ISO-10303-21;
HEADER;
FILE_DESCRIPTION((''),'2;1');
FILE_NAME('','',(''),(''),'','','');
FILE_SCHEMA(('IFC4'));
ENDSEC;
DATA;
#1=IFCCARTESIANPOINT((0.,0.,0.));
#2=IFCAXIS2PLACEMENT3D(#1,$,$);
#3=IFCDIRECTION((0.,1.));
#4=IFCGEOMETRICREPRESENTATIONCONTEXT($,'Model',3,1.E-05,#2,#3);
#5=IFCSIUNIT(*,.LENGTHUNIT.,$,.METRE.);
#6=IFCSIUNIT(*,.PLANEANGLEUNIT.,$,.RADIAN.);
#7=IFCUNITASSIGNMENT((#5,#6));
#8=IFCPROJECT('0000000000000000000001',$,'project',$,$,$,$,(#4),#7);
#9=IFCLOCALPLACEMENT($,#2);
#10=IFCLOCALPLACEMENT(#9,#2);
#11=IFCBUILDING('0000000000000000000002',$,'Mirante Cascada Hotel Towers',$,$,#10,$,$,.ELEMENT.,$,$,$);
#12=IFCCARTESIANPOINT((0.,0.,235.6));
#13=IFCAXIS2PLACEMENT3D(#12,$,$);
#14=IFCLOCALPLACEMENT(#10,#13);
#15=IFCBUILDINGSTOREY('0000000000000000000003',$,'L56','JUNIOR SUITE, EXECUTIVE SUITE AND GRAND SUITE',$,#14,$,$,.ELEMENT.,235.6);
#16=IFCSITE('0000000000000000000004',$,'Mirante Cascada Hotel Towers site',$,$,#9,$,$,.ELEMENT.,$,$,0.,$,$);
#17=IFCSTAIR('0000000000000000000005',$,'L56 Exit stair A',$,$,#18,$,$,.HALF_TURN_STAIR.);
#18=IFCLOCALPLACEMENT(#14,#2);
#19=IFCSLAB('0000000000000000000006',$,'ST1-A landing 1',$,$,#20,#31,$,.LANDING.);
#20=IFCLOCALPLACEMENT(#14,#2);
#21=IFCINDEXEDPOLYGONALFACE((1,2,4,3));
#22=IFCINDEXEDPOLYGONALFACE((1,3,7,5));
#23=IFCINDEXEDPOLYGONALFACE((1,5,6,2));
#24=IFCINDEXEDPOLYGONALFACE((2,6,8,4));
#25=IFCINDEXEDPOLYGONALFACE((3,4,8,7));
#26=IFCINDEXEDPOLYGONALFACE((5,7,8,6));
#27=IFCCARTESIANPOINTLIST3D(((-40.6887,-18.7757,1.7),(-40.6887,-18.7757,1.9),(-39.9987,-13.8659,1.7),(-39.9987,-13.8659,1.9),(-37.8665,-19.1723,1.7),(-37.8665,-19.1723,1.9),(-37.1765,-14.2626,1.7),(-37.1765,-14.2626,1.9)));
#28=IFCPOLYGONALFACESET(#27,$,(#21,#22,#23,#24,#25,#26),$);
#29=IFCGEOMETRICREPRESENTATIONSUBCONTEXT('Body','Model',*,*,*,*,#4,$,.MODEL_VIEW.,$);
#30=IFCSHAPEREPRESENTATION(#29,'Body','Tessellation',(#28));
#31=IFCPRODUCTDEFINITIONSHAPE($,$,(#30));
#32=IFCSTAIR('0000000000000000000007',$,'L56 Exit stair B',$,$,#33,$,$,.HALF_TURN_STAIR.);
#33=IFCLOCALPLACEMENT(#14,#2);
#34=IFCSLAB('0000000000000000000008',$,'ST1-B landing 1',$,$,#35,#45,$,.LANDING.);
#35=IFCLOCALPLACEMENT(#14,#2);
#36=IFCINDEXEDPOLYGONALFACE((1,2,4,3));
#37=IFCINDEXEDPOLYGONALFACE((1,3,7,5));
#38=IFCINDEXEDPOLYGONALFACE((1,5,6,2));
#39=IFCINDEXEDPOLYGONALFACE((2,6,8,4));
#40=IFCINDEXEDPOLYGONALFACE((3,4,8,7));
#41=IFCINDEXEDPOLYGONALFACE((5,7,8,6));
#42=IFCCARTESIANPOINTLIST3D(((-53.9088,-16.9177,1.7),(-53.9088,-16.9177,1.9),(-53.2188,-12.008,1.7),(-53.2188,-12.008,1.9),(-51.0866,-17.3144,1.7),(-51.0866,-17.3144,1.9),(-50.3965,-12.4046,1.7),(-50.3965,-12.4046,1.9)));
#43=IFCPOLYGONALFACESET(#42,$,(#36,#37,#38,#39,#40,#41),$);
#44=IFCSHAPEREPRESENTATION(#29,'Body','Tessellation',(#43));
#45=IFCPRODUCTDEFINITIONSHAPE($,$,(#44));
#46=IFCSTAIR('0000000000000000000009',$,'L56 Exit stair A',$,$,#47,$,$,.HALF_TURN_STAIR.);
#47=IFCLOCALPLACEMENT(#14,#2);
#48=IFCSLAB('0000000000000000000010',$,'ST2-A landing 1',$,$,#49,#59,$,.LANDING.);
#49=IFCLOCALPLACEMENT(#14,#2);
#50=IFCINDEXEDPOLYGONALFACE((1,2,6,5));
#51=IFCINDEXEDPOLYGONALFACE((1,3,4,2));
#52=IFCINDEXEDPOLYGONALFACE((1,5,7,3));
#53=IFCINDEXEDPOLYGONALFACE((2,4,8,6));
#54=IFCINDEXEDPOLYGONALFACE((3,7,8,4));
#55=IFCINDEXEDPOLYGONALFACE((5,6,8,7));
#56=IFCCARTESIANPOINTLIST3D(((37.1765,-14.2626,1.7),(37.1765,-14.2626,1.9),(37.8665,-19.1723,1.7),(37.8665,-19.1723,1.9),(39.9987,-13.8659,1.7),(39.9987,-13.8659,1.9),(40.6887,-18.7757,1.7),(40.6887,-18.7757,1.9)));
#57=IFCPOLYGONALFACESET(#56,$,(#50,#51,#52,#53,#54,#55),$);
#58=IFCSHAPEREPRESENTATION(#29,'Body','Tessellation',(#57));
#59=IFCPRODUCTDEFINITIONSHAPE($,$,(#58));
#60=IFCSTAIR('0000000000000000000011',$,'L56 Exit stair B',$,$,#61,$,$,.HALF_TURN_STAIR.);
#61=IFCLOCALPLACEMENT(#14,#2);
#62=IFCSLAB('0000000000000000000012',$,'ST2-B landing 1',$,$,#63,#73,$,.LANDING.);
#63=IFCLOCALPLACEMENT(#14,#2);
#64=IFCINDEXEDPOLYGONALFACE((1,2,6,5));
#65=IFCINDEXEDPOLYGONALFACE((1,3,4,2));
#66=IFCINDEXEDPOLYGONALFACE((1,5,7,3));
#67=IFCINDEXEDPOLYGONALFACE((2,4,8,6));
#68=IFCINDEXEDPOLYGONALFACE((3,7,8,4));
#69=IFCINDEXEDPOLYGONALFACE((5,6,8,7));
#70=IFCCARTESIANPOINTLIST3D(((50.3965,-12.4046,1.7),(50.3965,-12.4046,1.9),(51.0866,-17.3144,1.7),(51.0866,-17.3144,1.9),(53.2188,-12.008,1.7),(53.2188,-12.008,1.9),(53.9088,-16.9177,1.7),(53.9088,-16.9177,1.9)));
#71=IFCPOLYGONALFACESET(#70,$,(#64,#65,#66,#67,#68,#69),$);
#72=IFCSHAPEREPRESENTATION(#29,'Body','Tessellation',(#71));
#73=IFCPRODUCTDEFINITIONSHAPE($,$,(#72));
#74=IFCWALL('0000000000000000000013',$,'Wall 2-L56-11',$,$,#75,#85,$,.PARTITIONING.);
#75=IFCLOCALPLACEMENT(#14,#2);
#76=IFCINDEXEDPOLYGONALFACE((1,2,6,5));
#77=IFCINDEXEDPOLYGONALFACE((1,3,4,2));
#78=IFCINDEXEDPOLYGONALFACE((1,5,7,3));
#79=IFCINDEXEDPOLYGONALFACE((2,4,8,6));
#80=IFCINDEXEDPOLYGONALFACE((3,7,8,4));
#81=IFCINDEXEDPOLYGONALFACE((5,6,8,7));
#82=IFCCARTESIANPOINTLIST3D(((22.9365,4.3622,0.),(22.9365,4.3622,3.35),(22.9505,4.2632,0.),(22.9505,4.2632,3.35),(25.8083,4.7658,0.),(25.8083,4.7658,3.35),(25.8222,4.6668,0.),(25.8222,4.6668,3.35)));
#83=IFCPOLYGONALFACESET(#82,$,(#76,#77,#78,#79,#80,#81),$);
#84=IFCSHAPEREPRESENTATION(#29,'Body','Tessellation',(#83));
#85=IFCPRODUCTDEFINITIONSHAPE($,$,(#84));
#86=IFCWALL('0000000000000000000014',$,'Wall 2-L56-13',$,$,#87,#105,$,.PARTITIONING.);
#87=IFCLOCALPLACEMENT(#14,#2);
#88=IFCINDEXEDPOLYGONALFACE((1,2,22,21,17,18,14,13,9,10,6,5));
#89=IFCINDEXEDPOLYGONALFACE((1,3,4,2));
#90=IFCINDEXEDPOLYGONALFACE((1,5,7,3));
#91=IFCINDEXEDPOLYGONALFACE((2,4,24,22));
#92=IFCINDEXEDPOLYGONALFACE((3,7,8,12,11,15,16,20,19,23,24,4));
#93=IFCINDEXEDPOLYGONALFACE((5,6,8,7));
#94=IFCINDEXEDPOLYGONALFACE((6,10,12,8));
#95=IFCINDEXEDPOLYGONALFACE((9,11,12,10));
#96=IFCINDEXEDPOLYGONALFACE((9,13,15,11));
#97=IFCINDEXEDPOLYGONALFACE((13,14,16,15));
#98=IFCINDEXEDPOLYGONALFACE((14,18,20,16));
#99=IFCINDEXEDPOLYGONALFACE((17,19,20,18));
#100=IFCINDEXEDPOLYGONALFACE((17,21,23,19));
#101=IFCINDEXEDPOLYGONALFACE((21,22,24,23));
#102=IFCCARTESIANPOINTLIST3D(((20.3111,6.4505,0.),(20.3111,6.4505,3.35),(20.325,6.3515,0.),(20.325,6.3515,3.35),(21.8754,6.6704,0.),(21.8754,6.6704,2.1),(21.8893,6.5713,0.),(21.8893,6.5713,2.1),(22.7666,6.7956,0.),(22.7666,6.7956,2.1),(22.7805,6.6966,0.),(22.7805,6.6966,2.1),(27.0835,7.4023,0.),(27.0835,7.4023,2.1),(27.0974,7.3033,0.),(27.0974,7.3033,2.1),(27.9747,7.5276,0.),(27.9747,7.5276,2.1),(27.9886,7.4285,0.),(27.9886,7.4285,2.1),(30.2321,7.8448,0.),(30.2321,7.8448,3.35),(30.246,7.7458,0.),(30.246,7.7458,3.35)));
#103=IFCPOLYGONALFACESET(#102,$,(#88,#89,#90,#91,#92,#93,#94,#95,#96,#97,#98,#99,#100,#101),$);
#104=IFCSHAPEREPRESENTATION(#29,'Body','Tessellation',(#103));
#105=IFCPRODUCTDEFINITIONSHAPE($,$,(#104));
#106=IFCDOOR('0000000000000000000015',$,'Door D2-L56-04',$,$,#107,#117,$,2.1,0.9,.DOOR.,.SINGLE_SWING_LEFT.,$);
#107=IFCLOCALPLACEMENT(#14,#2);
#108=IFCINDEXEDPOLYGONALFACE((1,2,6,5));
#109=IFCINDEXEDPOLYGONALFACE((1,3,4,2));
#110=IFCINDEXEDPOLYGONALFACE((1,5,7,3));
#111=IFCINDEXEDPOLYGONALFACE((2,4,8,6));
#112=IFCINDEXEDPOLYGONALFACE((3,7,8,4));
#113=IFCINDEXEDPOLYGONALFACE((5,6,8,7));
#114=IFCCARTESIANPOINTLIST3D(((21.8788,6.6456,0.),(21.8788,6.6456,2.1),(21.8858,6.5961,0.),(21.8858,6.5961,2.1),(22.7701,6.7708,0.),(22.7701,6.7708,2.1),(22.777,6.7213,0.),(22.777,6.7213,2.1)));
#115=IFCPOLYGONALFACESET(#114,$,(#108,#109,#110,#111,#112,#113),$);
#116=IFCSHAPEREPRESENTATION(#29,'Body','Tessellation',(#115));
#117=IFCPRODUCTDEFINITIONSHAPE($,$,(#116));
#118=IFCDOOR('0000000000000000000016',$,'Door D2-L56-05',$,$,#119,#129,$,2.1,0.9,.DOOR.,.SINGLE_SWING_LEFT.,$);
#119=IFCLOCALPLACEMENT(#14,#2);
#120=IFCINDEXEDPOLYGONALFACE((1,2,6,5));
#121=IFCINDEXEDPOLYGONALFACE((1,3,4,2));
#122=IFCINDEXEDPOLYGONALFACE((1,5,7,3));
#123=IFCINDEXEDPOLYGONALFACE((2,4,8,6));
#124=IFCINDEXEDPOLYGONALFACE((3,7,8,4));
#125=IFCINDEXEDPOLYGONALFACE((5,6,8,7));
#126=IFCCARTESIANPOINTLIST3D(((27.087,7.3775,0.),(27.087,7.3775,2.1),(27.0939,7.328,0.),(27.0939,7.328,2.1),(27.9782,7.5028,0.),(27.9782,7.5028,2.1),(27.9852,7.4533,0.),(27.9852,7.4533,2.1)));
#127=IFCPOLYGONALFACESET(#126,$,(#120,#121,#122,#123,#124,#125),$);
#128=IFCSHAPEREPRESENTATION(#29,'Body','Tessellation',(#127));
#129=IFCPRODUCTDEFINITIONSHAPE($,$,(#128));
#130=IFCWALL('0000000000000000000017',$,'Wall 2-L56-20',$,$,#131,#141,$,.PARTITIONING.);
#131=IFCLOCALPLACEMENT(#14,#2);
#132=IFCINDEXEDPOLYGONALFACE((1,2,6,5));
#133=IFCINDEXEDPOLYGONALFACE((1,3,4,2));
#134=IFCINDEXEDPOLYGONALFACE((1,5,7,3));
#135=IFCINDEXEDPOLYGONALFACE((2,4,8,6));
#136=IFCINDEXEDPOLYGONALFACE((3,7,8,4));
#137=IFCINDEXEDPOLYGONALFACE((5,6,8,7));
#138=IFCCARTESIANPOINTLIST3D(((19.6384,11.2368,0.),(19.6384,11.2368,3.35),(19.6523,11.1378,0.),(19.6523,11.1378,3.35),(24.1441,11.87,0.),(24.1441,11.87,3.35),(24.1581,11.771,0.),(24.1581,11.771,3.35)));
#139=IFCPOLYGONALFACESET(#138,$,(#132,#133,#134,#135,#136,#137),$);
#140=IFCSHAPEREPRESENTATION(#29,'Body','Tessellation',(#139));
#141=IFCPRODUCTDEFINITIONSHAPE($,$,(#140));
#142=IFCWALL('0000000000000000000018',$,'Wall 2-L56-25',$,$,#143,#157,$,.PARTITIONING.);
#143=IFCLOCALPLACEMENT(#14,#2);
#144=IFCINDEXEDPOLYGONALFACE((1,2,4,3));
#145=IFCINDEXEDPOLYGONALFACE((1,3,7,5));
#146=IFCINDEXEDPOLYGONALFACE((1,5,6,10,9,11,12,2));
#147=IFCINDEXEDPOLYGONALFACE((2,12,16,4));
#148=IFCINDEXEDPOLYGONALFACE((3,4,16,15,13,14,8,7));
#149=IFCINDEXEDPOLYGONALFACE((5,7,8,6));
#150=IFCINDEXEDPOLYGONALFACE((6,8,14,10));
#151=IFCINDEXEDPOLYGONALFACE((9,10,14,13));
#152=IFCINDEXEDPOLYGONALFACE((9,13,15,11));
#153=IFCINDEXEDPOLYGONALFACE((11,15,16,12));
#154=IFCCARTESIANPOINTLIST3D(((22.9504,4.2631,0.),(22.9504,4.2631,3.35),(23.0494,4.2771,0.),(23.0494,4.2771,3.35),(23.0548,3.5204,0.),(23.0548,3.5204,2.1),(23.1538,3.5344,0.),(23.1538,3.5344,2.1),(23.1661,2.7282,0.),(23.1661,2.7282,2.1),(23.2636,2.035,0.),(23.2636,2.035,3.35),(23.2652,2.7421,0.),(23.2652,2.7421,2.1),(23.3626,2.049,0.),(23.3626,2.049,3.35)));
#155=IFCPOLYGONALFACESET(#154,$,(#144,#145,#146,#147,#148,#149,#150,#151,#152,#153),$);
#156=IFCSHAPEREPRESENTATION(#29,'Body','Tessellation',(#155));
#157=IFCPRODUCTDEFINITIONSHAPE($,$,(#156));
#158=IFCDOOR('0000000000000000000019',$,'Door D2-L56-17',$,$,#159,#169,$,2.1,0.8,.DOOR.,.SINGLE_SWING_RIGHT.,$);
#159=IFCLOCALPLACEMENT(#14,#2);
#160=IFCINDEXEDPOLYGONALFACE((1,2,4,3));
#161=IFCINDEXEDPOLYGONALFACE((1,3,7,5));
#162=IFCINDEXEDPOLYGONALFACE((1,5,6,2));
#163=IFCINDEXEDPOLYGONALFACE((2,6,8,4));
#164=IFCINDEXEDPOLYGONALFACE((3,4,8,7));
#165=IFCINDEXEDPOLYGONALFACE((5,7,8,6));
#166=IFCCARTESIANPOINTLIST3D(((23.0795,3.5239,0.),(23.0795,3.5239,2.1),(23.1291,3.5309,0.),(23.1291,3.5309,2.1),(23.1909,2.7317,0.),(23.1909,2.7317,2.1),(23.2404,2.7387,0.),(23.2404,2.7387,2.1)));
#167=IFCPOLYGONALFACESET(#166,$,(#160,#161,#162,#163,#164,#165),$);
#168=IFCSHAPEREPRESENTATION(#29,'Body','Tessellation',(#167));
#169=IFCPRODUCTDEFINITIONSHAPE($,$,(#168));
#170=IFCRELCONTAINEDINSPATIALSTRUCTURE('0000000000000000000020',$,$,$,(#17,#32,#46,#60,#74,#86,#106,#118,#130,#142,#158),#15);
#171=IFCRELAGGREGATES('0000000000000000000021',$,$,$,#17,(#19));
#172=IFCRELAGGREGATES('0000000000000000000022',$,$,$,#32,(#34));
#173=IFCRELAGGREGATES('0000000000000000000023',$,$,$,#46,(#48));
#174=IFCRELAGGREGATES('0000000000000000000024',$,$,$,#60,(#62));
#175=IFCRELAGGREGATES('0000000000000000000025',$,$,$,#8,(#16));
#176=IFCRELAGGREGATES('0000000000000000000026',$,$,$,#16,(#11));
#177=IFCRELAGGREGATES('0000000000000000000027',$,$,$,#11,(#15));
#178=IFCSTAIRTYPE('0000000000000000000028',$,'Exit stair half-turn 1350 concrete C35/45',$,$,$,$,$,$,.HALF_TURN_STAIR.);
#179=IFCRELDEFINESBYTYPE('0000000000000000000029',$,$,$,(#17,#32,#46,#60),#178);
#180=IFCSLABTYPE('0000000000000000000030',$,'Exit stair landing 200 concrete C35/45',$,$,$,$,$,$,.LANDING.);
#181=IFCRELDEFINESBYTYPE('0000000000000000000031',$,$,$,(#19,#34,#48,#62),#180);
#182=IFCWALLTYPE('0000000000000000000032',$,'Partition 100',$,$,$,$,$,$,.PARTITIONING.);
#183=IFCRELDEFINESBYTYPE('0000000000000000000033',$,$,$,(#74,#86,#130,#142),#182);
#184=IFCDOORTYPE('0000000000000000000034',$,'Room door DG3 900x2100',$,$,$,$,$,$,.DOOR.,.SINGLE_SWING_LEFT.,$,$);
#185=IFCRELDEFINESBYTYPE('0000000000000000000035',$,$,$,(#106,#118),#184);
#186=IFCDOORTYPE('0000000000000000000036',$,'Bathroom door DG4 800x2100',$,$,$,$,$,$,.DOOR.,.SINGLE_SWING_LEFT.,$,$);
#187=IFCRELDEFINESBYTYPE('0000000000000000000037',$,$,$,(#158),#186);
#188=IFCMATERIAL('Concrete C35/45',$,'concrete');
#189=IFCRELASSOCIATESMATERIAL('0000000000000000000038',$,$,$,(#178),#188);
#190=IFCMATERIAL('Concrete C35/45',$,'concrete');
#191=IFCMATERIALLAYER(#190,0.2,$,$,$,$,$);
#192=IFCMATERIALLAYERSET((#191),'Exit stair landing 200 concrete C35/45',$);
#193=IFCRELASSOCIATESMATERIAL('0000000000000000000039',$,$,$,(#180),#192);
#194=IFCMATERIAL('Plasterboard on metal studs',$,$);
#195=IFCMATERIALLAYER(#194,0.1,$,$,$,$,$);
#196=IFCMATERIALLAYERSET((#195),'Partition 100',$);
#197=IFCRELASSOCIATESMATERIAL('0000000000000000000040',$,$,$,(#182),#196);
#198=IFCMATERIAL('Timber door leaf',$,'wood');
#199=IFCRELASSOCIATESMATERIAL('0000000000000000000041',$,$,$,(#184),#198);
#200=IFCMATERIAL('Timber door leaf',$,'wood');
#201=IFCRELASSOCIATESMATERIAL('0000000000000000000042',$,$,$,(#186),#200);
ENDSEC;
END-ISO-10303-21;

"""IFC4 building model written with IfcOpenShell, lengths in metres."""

from ifc_helpers import new_model, si_unit, direction, frame, frame_2d, origin, place, context, subcontext, project, spatial, polyline, rectangle, outline, extrude, material, layer, layer_set, type_object, element, fill, aggregate, save


model = new_model("IFC4")

# Units and contexts
model_context = context("Model", 3, precision=1e-05, world=origin(), true_north=direction((0.0, 1.0)))
body_context = subcontext(model_context, "Body", "Model", "MODEL_VIEW")
ifc_project = project(units=[si_unit("LENGTHUNIT", "METRE"), si_unit("PLANEANGLEUNIT", "RADIAN")], contexts=[model_context])

# Site, building, storey
site_placement = place(None, origin())
site = spatial("IfcSite", under=ifc_project, at=site_placement, Name="Mirante Cascada Hotel Towers site", CompositionType="ELEMENT", RefElevation=0.0)
building_placement = place(site_placement, origin())
building = spatial("IfcBuilding", under=site, at=building_placement, Name="Mirante Cascada Hotel Towers", CompositionType="ELEMENT")
storey_placement = place(building_placement, frame((0.0, 0.0, 235.6)))
storey = spatial("IfcBuildingStorey", under=building, at=storey_placement, Name="L56", Description="JUNIOR SUITE, EXECUTIVE SUITE AND GRAND SUITE", CompositionType="ELEMENT", Elevation=235.6)

# Stairs, slabs
ifc_material_1 = material(Name="Concrete C35/45", Category="concrete")
stair_type = type_object("IfcStairType", Name="Exit stair half-turn 1350 concrete C35/45", PredefinedType="HALF_TURN_STAIR", material=ifc_material_1)
stair_1_placement = place(storey_placement, origin())
stair_1 = element("IfcStair", 1, at=stair_1_placement, inside=storey, type_object=stair_type, Name="L56 Exit stair A", PredefinedType="HALF_TURN_STAIR")
ifc_material_2 = material(Name="Concrete C35/45", Category="concrete")
ifc_layer_1 = layer(ifc_material_2, 0.2)
ifc_layer_set_1 = layer_set([ifc_layer_1], Name="Exit stair landing 200 concrete C35/45")
slab_type = type_object("IfcSlabType", Name="Exit stair landing 200 concrete C35/45", PredefinedType="LANDING", material=ifc_layer_set_1)
slab_1_placement = place(storey_placement, frame((0.0, 0.0, 1.7)))
slab_1 = element("IfcSlab", 2, at=slab_1_placement, type_object=slab_type, Name="ST1-A landing 1", PredefinedType="LANDING", context=body_context, shape_type="SweptSolid", body=[
    extrude(outline(polyline([(-39.9987, -13.8659), (-40.6887, -18.7757), (-37.8665, -19.1723), (-37.1765, -14.2626), (-39.9987, -13.8659)])), origin(), (0.0, 0.0, 1.0), 0.2),
])
aggregate(stair_1, [slab_1])
stair_2_placement = place(storey_placement, origin())
stair_2 = element("IfcStair", 3, at=stair_2_placement, inside=storey, type_object=stair_type, Name="L56 Exit stair B", PredefinedType="HALF_TURN_STAIR")
slab_2_placement = place(storey_placement, frame((0.0, 0.0, 1.7)))
slab_2 = element("IfcSlab", 4, at=slab_2_placement, type_object=slab_type, Name="ST1-B landing 1", PredefinedType="LANDING", context=body_context, shape_type="SweptSolid", body=[
    extrude(outline(polyline([(-53.2188, -12.008), (-53.9088, -16.9177), (-51.0866, -17.3144), (-50.3965, -12.4046), (-53.2188, -12.008)])), origin(), (0.0, 0.0, 1.0), 0.2),
])
aggregate(stair_2, [slab_2])
stair_3_placement = place(storey_placement, origin())
stair_3 = element("IfcStair", 5, at=stair_3_placement, inside=storey, type_object=stair_type, Name="L56 Exit stair A", PredefinedType="HALF_TURN_STAIR")
slab_3_placement = place(storey_placement, frame((0.0, 0.0, 1.7)))
slab_3 = element("IfcSlab", 6, at=slab_3_placement, type_object=slab_type, Name="ST2-A landing 1", PredefinedType="LANDING", context=body_context, shape_type="SweptSolid", body=[
    extrude(outline(polyline([(37.1765, -14.2626), (37.8665, -19.1723), (40.6887, -18.7757), (39.9987, -13.8659), (37.1765, -14.2626)])), origin(), (0.0, 0.0, 1.0), 0.2),
])
aggregate(stair_3, [slab_3])
stair_4_placement = place(storey_placement, origin())
stair_4 = element("IfcStair", 7, at=stair_4_placement, inside=storey, type_object=stair_type, Name="L56 Exit stair B", PredefinedType="HALF_TURN_STAIR")
slab_4_placement = place(storey_placement, frame((0.0, 0.0, 1.7)))
slab_4 = element("IfcSlab", 8, at=slab_4_placement, type_object=slab_type, Name="ST2-B landing 1", PredefinedType="LANDING", context=body_context, shape_type="SweptSolid", body=[
    extrude(outline(polyline([(50.3965, -12.4046), (51.0866, -17.3144), (53.9088, -16.9177), (53.2188, -12.008), (50.3965, -12.4046)])), origin(), (0.0, 0.0, 1.0), 0.2),
])
aggregate(stair_4, [slab_4])

# Wall
ifc_material_3 = material(Name="Plasterboard on metal studs")
ifc_layer_2 = layer(ifc_material_3, 0.1)
ifc_layer_set_2 = layer_set([ifc_layer_2], Name="Partition 100")
wall_type_1 = type_object("IfcWallType", Name="Partition 100", PredefinedType="PARTITIONING", material=ifc_layer_set_2)
wall_1_placement = place(storey_placement, frame((22.9435, 4.3127, 0.0), z_axis=(0.0, 0.0, 1.0), x_axis=(0.990268, 0.139171, 0.0)))
element("IfcWall", 9, at=wall_1_placement, inside=storey, type_object=wall_type_1, Name="Wall 2-L56-11", PredefinedType="PARTITIONING", context=body_context, shape_type="SweptSolid", body=[
    extrude(rectangle(XDim=2.9, YDim=0.1, at=frame_2d((1.45, 0.0))), origin(), (0.0, 0.0, 1.0), 3.35),
])

# Wall, openings, doors
wall_2_placement = place(storey_placement, frame((20.3181, 6.401, 0.0), z_axis=(0.0, 0.0, 1.0), x_axis=(0.990268, 0.139173, 0.0)))
wall_2 = element("IfcWall", 10, at=wall_2_placement, inside=storey, type_object=wall_type_1, Name="Wall 2-L56-13", PredefinedType="PARTITIONING", context=body_context, shape_type="SweptSolid", body=[
    extrude(rectangle(XDim=10.0185, YDim=0.1, at=frame_2d((5.0092, 0.0))), origin(), (0.0, 0.0, 1.0), 3.35),
])
opening_1_placement = place(wall_2_placement, frame((1.5796, 0.0, 0.0)))
opening_1 = element("IfcOpeningElement", 11, at=opening_1_placement, cuts=wall_2, PredefinedType="OPENING", context=body_context, shape_type="SweptSolid", body=[
    extrude(rectangle(XDim=0.9, YDim=2.1, at=frame_2d((0.45, 1.05))), frame((0.0, 0.05, 0.0), z_axis=(0.0, -1.0, 0.0), x_axis=(1.0, 0.0, 0.0)), (0.0, 0.0, 1.0), 0.1),
])
opening_2_placement = place(wall_2_placement, frame((6.8389, 0.0, 0.0)))
opening_2 = element("IfcOpeningElement", 12, at=opening_2_placement, cuts=wall_2, PredefinedType="OPENING", context=body_context, shape_type="SweptSolid", body=[
    extrude(rectangle(XDim=0.9, YDim=2.1, at=frame_2d((0.45, 1.05))), frame((0.0, 0.05, 0.0), z_axis=(0.0, -1.0, 0.0), x_axis=(1.0, 0.0, 0.0)), (0.0, 0.0, 1.0), 0.1),
])
ifc_material_4 = material(Name="Timber door leaf", Category="wood")
door_type_1 = type_object("IfcDoorType", Name="Room door DG3 900x2100", OperationType="SINGLE_SWING_LEFT", PredefinedType="DOOR", material=ifc_material_4)
door_1_placement = place(opening_1_placement, origin())
door_1 = element("IfcDoor", 13, at=door_1_placement, inside=storey, type_object=door_type_1, Name="Door D2-L56-04", OperationType="SINGLE_SWING_LEFT", OverallHeight=2.1, OverallWidth=0.9, PredefinedType="DOOR", context=body_context, shape_type="SweptSolid", body=[
    extrude(rectangle(XDim=0.9, YDim=2.1, at=frame_2d((0.45, 1.05))), frame((0.0, 0.025, 0.0), z_axis=(0.0, -1.0, 0.0), x_axis=(1.0, 0.0, 0.0)), (0.0, 0.0, 1.0), 0.05),
])
fill(opening_1, door_1)
door_2_placement = place(opening_2_placement, origin())
door_2 = element("IfcDoor", 14, at=door_2_placement, inside=storey, type_object=door_type_1, Name="Door D2-L56-05", OperationType="SINGLE_SWING_LEFT", OverallHeight=2.1, OverallWidth=0.9, PredefinedType="DOOR", context=body_context, shape_type="SweptSolid", body=[
    extrude(rectangle(XDim=0.9, YDim=2.1, at=frame_2d((0.45, 1.05))), frame((0.0, 0.025, 0.0), z_axis=(0.0, -1.0, 0.0), x_axis=(1.0, 0.0, 0.0)), (0.0, 0.0, 1.0), 0.05),
])
fill(opening_2, door_2)

# Wall
wall_3_placement = place(storey_placement, frame((24.1511, 11.8205, 0.0), z_axis=(0.0, 0.0, 1.0), x_axis=(-0.990269, -0.139166, 0.0)))
element("IfcWall", 15, at=wall_3_placement, inside=storey, type_object=wall_type_1, Name="Wall 2-L56-20", PredefinedType="PARTITIONING", context=body_context, shape_type="SweptSolid", body=[
    extrude(rectangle(XDim=4.55, YDim=0.1, at=frame_2d((2.275, 0.0))), origin(), (0.0, 0.0, 1.0), 3.35),
])

# Wall, opening, door
wall_4_placement = place(storey_placement, frame((23.3131, 2.042, 0.0), z_axis=(0.0, 0.0, 1.0), x_axis=(-0.1392, 0.990264, 0.0)))
wall_4 = element("IfcWall", 16, at=wall_4_placement, inside=storey, type_object=wall_type_1, Name="Wall 2-L56-25", PredefinedType="PARTITIONING", context=body_context, shape_type="SweptSolid", body=[
    extrude(rectangle(XDim=2.25, YDim=0.1, at=frame_2d((1.125, 0.0))), origin(), (0.0, 0.0, 1.0), 3.35),
])
opening_3_placement = place(wall_4_placement, frame((0.7, 0.0, 0.0)))
opening_3 = element("IfcOpeningElement", 17, at=opening_3_placement, cuts=wall_4, PredefinedType="OPENING", context=body_context, shape_type="SweptSolid", body=[
    extrude(rectangle(XDim=0.8, YDim=2.1, at=frame_2d((0.4, 1.05))), frame((0.0, 0.05, 0.0), z_axis=(0.0, -1.0, 0.0), x_axis=(1.0, 0.0, 0.0)), (0.0, 0.0, 1.0), 0.1),
])
ifc_material_5 = material(Name="Timber door leaf", Category="wood")
door_type_2 = type_object("IfcDoorType", Name="Bathroom door DG4 800x2100", OperationType="SINGLE_SWING_LEFT", PredefinedType="DOOR", material=ifc_material_5)
door_3_placement = place(opening_3_placement, frame((0.8, 0.0, 0.0), z_axis=(0.0, 0.0, 1.0), x_axis=(-1.0, 0.0, 0.0)))
door_3 = element("IfcDoor", 18, at=door_3_placement, inside=storey, type_object=door_type_2, Name="Door D2-L56-17", OperationType="SINGLE_SWING_RIGHT", OverallHeight=2.1, OverallWidth=0.8, PredefinedType="DOOR", context=body_context, shape_type="SweptSolid", body=[
    extrude(rectangle(XDim=0.8, YDim=2.1, at=frame_2d((0.4, 1.05))), frame((0.0, 0.025, 0.0), z_axis=(0.0, -1.0, 0.0), x_axis=(1.0, 0.0, 0.0)), (0.0, 0.0, 1.0), 0.05),
])
fill(opening_3, door_3)

save(model, "model.ifc")
